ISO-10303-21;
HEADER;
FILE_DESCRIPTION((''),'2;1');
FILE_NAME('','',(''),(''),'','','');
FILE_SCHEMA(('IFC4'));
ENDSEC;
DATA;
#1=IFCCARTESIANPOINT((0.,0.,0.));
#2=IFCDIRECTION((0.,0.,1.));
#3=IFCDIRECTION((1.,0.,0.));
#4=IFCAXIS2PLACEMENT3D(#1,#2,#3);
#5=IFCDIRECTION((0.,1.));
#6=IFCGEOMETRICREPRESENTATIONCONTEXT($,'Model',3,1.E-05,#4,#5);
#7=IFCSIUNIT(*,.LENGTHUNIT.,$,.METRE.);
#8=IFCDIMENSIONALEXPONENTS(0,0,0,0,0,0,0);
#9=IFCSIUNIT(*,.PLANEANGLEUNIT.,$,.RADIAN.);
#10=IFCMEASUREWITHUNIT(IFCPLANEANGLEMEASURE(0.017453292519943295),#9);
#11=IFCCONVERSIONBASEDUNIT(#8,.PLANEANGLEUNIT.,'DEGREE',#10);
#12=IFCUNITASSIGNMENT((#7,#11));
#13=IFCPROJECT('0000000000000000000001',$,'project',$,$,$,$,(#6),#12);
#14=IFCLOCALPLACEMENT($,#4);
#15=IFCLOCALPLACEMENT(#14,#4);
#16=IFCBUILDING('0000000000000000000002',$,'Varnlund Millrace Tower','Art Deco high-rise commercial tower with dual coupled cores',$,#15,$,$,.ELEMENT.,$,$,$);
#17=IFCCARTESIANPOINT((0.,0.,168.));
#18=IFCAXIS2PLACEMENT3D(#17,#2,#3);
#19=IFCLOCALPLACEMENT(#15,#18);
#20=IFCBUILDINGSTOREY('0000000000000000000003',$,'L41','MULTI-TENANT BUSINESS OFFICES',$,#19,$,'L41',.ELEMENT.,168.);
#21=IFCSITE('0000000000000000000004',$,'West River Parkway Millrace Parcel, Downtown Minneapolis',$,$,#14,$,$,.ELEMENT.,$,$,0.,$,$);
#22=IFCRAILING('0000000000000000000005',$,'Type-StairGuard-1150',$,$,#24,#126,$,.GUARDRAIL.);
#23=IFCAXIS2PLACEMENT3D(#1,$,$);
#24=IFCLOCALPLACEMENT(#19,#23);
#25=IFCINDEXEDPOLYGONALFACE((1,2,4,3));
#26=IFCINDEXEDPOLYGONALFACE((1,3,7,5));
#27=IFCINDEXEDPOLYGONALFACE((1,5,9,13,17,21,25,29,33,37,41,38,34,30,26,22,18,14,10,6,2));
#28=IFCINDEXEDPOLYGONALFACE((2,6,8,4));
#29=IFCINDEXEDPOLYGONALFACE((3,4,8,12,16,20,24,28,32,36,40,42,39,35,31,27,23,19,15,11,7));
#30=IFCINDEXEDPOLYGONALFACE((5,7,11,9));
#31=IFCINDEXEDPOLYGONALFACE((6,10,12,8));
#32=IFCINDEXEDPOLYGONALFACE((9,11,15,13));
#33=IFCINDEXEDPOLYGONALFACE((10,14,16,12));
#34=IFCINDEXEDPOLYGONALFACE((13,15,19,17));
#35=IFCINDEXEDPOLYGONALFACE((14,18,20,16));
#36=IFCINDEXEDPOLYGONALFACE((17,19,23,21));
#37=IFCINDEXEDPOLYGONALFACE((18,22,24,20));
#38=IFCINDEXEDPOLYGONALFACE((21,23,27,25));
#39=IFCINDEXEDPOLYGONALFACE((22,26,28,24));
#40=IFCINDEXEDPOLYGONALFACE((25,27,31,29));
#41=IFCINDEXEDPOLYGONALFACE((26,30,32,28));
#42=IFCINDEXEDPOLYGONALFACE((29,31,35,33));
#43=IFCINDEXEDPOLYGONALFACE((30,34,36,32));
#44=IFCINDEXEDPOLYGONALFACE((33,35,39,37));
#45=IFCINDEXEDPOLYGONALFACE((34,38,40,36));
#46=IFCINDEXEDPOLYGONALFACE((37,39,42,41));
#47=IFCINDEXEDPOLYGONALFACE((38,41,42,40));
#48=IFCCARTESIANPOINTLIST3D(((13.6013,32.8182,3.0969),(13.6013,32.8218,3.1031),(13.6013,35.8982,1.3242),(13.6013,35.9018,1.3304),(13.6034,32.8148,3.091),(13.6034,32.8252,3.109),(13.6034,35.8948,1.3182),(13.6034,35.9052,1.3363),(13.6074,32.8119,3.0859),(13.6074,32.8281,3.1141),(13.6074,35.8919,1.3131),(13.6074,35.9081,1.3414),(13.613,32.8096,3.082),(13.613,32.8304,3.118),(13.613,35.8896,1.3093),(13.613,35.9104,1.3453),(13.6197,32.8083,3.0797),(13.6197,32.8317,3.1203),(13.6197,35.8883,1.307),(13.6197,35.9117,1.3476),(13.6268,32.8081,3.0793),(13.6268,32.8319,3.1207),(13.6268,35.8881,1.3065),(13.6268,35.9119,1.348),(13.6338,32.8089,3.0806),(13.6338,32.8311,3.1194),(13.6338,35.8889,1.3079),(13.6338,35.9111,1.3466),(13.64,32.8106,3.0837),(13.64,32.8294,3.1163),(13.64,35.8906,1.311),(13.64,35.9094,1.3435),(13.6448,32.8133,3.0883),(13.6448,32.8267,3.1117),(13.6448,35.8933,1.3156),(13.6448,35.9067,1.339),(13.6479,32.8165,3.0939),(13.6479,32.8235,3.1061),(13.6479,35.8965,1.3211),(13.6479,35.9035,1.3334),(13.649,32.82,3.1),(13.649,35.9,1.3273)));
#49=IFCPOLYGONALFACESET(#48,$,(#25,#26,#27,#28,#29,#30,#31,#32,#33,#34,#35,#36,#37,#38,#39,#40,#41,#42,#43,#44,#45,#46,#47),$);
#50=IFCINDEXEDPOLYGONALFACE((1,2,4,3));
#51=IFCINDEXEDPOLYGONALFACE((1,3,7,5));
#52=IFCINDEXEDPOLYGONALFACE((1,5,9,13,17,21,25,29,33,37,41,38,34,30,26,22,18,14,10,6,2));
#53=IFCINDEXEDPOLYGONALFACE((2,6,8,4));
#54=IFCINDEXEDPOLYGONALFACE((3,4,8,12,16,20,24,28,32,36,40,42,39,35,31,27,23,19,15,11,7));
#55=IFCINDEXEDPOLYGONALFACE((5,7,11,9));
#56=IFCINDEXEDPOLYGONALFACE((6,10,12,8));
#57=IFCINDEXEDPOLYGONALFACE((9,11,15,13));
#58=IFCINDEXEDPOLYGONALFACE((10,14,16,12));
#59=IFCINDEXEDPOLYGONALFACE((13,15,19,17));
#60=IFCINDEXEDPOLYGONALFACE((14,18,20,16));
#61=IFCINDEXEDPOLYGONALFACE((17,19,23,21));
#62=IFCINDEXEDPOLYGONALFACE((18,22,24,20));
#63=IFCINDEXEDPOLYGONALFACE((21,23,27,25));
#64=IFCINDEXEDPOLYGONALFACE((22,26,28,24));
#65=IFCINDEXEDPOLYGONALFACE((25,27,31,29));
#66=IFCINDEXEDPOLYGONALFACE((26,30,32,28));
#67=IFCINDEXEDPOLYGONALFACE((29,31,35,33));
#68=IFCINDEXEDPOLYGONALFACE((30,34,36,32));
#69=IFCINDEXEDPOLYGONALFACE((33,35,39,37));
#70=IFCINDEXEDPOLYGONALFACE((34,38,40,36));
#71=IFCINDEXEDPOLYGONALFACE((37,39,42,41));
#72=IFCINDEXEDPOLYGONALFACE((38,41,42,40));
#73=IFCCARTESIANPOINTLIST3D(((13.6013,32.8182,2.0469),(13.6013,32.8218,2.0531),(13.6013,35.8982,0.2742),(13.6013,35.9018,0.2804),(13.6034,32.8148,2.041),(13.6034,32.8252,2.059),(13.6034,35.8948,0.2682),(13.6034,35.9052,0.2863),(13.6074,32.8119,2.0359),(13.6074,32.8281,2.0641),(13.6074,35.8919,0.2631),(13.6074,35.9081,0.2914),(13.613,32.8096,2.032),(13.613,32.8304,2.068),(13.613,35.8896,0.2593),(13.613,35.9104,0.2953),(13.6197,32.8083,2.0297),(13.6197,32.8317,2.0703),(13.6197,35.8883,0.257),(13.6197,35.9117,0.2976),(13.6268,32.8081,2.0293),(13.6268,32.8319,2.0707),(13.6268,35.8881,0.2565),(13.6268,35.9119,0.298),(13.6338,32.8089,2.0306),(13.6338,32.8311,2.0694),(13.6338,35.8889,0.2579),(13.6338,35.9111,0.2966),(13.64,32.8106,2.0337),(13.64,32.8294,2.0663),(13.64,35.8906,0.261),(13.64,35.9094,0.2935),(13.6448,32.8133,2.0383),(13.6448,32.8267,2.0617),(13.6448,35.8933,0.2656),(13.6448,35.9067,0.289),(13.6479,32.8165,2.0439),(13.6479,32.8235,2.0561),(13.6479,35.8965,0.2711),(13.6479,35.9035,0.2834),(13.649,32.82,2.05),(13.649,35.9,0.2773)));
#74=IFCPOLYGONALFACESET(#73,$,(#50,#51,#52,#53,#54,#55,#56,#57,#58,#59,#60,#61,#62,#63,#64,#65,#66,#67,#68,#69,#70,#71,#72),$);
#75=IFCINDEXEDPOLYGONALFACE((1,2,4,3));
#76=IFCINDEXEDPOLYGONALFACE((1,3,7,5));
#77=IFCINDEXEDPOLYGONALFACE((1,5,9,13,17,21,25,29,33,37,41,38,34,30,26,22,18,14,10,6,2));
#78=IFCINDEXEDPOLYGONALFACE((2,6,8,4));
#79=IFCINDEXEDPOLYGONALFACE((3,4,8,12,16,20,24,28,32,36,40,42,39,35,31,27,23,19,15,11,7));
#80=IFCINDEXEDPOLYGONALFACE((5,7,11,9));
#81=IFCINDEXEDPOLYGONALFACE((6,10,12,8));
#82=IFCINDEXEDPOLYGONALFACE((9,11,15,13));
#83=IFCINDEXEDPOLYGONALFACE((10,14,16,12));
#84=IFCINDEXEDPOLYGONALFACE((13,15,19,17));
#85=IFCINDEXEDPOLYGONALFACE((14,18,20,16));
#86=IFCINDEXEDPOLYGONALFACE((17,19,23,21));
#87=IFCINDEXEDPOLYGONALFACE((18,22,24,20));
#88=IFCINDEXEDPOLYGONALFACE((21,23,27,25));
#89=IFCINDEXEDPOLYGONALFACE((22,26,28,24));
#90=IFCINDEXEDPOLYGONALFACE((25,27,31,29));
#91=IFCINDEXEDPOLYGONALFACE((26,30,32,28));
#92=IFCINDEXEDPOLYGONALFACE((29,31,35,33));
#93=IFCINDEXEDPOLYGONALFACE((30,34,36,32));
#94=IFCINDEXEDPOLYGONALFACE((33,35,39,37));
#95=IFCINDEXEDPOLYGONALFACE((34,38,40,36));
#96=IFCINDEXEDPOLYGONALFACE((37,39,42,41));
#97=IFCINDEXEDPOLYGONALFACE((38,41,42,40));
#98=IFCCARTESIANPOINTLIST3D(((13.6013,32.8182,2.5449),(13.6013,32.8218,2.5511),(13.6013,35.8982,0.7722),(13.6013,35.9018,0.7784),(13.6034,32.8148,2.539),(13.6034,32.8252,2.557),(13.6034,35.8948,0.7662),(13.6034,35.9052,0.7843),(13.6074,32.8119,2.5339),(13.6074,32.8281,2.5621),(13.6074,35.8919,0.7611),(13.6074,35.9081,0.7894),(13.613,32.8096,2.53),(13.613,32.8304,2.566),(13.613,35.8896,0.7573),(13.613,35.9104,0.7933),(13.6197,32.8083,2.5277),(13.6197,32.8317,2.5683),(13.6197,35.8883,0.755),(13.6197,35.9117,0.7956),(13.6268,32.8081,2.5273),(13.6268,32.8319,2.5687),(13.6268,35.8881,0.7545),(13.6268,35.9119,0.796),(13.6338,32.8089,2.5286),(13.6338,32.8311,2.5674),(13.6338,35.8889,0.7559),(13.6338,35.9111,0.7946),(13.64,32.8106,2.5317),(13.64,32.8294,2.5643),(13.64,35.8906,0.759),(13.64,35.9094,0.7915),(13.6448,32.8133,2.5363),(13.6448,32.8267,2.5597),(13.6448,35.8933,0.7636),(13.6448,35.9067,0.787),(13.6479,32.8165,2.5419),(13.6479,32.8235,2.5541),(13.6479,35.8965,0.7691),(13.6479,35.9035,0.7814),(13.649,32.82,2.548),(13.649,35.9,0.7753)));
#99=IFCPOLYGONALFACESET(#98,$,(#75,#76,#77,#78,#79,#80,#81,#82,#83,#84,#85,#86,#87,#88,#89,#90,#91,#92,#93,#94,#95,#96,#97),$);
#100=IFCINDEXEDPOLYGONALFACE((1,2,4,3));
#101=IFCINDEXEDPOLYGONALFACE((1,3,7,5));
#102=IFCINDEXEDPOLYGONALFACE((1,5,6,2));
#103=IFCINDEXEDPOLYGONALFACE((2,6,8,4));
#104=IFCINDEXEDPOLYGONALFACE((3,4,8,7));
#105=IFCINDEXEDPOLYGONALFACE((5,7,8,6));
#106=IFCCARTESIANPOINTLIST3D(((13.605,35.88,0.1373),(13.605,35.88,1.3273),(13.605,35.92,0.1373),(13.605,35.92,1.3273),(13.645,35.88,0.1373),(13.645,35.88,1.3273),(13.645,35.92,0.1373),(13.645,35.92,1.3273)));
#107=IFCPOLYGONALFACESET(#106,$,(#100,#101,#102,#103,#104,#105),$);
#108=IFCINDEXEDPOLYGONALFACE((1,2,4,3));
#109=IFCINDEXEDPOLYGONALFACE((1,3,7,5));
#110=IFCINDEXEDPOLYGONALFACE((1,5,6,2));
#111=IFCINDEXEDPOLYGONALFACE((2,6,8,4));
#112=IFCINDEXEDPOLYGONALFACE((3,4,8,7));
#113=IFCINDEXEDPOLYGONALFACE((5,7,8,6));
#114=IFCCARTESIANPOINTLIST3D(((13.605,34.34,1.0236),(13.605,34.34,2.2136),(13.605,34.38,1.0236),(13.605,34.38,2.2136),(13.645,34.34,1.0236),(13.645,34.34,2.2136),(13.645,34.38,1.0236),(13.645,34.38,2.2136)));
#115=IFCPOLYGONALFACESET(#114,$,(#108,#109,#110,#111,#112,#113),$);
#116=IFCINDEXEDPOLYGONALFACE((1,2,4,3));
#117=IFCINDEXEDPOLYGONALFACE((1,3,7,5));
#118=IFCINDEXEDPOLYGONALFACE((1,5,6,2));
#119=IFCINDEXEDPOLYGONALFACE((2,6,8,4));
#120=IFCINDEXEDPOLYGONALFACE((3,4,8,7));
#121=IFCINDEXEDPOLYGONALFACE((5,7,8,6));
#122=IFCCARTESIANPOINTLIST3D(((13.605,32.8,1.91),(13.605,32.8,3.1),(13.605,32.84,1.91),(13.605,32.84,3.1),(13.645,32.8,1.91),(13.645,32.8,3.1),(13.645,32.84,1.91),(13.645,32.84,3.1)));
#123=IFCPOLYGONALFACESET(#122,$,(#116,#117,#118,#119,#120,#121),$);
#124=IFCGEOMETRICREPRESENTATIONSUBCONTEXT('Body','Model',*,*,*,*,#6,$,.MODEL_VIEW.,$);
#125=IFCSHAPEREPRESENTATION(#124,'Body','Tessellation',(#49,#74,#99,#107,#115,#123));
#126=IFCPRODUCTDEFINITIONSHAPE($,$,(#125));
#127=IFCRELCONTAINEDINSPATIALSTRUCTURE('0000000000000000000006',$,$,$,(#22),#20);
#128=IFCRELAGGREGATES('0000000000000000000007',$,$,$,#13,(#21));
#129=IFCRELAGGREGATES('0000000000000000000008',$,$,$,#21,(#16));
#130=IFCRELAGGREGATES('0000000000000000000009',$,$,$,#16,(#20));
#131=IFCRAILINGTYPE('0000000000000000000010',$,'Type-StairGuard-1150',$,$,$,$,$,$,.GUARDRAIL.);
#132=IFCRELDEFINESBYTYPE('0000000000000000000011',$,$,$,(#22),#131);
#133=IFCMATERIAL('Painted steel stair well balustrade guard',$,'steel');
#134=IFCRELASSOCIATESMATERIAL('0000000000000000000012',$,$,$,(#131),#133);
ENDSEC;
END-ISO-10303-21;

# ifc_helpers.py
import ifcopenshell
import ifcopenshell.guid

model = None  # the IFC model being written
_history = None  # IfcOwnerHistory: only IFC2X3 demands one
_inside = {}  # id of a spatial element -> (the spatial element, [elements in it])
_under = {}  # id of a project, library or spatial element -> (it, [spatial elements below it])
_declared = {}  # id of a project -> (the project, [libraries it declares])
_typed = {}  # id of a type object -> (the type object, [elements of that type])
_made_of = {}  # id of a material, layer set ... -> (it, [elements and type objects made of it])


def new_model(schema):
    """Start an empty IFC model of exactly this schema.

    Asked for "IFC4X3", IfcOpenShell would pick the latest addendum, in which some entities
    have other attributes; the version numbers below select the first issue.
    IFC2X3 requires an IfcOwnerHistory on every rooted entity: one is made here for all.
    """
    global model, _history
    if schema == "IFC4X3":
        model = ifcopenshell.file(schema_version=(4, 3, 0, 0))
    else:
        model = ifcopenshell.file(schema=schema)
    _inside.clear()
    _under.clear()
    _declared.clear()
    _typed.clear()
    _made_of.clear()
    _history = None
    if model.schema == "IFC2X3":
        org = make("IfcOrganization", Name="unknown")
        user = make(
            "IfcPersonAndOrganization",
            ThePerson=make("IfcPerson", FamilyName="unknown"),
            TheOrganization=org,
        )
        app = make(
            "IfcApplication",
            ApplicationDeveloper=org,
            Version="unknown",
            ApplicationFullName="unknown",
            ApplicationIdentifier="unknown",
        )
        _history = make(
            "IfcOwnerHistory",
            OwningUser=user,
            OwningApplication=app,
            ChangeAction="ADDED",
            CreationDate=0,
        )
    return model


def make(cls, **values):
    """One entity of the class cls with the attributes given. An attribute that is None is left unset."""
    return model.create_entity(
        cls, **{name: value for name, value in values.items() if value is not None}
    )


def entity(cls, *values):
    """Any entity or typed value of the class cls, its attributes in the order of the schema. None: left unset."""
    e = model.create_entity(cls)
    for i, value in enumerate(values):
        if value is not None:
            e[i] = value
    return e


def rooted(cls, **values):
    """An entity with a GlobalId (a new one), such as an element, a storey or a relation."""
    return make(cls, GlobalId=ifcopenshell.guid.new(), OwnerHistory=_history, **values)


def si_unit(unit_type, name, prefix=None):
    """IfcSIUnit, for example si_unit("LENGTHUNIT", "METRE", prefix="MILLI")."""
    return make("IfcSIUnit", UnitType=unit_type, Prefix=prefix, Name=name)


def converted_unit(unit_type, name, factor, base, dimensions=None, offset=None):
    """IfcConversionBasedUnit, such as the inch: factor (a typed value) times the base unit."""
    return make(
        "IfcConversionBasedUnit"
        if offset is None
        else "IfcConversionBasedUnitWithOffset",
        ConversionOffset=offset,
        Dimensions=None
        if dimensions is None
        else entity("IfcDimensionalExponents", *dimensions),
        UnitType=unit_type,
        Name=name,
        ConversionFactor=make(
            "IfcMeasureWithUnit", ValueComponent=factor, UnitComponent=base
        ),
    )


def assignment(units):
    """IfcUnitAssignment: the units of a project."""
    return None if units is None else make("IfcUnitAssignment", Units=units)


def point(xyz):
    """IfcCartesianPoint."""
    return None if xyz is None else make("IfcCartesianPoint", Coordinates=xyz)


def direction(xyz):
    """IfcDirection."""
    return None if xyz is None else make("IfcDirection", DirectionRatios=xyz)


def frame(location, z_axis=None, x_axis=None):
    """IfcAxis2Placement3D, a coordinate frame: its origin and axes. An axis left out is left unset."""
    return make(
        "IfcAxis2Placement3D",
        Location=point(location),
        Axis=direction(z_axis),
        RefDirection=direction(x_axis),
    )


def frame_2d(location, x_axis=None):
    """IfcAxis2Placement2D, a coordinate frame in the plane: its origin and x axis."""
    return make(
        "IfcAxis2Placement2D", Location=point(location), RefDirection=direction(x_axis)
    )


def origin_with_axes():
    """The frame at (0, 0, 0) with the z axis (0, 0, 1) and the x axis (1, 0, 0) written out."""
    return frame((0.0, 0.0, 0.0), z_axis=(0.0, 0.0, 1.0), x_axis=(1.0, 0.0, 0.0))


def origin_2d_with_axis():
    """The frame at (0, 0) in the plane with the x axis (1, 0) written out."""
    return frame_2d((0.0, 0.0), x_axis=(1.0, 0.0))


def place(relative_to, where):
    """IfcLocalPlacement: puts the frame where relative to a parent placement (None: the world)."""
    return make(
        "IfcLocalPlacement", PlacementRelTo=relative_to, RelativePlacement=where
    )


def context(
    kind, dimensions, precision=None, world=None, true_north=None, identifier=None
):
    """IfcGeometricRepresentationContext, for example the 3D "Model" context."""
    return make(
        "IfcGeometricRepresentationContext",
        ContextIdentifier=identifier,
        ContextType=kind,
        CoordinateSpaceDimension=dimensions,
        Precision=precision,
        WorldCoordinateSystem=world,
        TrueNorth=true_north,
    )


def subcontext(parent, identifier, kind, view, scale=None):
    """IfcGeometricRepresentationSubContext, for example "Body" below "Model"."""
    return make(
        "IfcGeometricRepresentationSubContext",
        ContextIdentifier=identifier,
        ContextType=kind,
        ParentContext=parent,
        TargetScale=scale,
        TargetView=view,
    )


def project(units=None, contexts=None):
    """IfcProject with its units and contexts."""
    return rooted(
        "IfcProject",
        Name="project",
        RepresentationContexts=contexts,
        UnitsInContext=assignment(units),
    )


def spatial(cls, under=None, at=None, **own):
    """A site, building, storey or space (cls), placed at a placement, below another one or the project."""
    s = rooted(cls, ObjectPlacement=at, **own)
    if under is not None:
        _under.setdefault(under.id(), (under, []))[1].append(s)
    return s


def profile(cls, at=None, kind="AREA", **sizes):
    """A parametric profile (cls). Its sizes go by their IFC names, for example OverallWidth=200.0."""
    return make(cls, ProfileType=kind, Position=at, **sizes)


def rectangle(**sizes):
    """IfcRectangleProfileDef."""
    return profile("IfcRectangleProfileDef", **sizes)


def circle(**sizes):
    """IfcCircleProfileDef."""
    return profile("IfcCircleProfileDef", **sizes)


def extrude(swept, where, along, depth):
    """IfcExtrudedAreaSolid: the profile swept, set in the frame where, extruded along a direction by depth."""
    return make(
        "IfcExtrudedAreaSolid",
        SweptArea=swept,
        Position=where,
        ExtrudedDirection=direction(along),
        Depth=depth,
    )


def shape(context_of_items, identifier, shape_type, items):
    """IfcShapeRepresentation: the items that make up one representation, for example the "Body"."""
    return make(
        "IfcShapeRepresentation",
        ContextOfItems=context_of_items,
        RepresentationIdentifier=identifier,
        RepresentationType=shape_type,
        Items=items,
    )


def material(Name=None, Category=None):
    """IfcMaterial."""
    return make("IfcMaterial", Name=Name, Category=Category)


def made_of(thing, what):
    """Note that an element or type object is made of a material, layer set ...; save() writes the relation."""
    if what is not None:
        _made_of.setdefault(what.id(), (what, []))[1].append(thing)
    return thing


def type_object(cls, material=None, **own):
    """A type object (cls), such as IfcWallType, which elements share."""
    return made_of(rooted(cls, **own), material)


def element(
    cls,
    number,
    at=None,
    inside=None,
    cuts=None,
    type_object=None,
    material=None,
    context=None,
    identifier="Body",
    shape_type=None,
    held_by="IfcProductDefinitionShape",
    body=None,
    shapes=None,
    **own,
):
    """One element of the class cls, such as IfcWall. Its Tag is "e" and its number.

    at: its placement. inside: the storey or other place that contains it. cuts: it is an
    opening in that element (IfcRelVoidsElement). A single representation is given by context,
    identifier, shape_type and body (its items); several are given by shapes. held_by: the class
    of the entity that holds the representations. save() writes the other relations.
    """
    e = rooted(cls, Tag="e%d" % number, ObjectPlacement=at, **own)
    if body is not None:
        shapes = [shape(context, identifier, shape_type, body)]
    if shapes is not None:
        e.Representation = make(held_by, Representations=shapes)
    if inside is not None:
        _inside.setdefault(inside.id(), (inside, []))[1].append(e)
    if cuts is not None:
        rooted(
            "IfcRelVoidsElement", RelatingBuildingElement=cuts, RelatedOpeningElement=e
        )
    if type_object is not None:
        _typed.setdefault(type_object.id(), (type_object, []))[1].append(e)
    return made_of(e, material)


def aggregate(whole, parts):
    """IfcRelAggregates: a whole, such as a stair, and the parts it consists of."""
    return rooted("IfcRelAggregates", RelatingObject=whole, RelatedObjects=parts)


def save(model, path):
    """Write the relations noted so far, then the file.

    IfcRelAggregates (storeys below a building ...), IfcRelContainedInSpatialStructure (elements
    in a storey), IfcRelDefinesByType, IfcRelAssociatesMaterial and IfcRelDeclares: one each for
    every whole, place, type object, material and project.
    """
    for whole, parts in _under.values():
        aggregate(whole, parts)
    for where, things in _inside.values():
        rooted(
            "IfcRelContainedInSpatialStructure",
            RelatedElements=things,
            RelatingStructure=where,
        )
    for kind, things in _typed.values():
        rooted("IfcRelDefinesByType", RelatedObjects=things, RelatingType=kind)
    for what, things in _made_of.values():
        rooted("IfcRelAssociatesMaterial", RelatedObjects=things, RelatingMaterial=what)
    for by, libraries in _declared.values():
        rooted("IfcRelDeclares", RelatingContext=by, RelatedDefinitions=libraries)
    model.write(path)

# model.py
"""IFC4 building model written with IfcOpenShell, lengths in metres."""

from ifc_helpers import new_model, entity, si_unit, converted_unit, direction, frame, origin_with_axes, origin_2d_with_axis, place, context, subcontext, project, spatial, rectangle, circle, extrude, material, type_object, element, save


model = new_model("IFC4")

# Units and contexts
model_context = context("Model", 3, precision=1e-05, world=origin_with_axes(), true_north=direction((0.0, 1.0)))
body_context = subcontext(model_context, "Body", "Model", "MODEL_VIEW")
ifc_project = project(units=[si_unit("LENGTHUNIT", "METRE"), converted_unit("PLANEANGLEUNIT", "DEGREE", entity("IfcPlaneAngleMeasure", 0.017453292519943295), si_unit("PLANEANGLEUNIT", "RADIAN"), dimensions=[0, 0, 0, 0, 0, 0, 0])], contexts=[model_context])

# Site, building, storey
site_placement = place(None, origin_with_axes())
site = spatial("IfcSite", under=ifc_project, at=site_placement, Name="West River Parkway Millrace Parcel, Downtown Minneapolis", CompositionType="ELEMENT", RefElevation=0.0)
building_placement = place(site_placement, origin_with_axes())
building = spatial("IfcBuilding", under=site, at=building_placement, Name="Varnlund Millrace Tower", Description="Art Deco high-rise commercial tower with dual coupled cores", CompositionType="ELEMENT")
storey_placement = place(building_placement, frame((0.0, 0.0, 168.0), z_axis=(0.0, 0.0, 1.0), x_axis=(1.0, 0.0, 0.0)))
storey = spatial("IfcBuildingStorey", under=building, at=storey_placement, Name="L41", Description="MULTI-TENANT BUSINESS OFFICES", LongName="L41", CompositionType="ELEMENT", Elevation=168.0)

# Railing
ifc_material_1 = material(Name="Painted steel stair well balustrade guard", Category="steel")
railing_type_1 = type_object("IfcRailingType", Name="Type-StairGuard-1150", PredefinedType="GUARDRAIL", material=ifc_material_1)
railing_1_placement = place(storey_placement, frame((0.0, 0.0, -168.0), z_axis=(0.0, 0.0, 1.0), x_axis=(1.0, 0.0, 0.0)))
element("IfcRailing", 1, at=railing_1_placement, inside=storey, type_object=railing_type_1, Name="Type-StairGuard-1150", PredefinedType="GUARDRAIL", context=body_context, shape_type="SweptSolid", body=[
    extrude(circle(Radius=0.024, at=origin_2d_with_axis()), frame((13.625, 35.9, 169.3273), z_axis=(0.0, -0.866696, 0.498836), x_axis=(1.0, 0.0, 0.0)), (0.0, 0.0, 1.0), 3.5537),
    extrude(circle(Radius=0.024, at=origin_2d_with_axis()), frame((13.625, 35.9, 168.2773), z_axis=(0.0, -0.866696, 0.498836), x_axis=(1.0, 0.0, 0.0)), (0.0, 0.0, 1.0), 3.5537),
    extrude(circle(Radius=0.024, at=origin_2d_with_axis()), frame((13.625, 35.9, 168.7753), z_axis=(0.0, -0.866696, 0.498836), x_axis=(1.0, 0.0, 0.0)), (0.0, 0.0, 1.0), 3.5537),
    extrude(rectangle(XDim=0.04, YDim=0.04, at=origin_2d_with_axis()), frame((13.625, 35.9, 168.1373), z_axis=(0.0, 0.0, 1.0), x_axis=(1.0, 0.0, 0.0)), (0.0, 0.0, 1.0), 1.19),
    extrude(rectangle(XDim=0.04, YDim=0.04, at=origin_2d_with_axis()), frame((13.625, 34.36, 169.0236), z_axis=(0.0, 0.0, 1.0), x_axis=(1.0, 0.0, 0.0)), (0.0, 0.0, 1.0), 1.19),
    extrude(rectangle(XDim=0.04, YDim=0.04, at=origin_2d_with_axis()), frame((13.625, 32.82, 169.91), z_axis=(0.0, 0.0, 1.0), x_axis=(1.0, 0.0, 0.0)), (0.0, 0.0, 1.0), 1.19),
])

save(model, "model.ifc")
